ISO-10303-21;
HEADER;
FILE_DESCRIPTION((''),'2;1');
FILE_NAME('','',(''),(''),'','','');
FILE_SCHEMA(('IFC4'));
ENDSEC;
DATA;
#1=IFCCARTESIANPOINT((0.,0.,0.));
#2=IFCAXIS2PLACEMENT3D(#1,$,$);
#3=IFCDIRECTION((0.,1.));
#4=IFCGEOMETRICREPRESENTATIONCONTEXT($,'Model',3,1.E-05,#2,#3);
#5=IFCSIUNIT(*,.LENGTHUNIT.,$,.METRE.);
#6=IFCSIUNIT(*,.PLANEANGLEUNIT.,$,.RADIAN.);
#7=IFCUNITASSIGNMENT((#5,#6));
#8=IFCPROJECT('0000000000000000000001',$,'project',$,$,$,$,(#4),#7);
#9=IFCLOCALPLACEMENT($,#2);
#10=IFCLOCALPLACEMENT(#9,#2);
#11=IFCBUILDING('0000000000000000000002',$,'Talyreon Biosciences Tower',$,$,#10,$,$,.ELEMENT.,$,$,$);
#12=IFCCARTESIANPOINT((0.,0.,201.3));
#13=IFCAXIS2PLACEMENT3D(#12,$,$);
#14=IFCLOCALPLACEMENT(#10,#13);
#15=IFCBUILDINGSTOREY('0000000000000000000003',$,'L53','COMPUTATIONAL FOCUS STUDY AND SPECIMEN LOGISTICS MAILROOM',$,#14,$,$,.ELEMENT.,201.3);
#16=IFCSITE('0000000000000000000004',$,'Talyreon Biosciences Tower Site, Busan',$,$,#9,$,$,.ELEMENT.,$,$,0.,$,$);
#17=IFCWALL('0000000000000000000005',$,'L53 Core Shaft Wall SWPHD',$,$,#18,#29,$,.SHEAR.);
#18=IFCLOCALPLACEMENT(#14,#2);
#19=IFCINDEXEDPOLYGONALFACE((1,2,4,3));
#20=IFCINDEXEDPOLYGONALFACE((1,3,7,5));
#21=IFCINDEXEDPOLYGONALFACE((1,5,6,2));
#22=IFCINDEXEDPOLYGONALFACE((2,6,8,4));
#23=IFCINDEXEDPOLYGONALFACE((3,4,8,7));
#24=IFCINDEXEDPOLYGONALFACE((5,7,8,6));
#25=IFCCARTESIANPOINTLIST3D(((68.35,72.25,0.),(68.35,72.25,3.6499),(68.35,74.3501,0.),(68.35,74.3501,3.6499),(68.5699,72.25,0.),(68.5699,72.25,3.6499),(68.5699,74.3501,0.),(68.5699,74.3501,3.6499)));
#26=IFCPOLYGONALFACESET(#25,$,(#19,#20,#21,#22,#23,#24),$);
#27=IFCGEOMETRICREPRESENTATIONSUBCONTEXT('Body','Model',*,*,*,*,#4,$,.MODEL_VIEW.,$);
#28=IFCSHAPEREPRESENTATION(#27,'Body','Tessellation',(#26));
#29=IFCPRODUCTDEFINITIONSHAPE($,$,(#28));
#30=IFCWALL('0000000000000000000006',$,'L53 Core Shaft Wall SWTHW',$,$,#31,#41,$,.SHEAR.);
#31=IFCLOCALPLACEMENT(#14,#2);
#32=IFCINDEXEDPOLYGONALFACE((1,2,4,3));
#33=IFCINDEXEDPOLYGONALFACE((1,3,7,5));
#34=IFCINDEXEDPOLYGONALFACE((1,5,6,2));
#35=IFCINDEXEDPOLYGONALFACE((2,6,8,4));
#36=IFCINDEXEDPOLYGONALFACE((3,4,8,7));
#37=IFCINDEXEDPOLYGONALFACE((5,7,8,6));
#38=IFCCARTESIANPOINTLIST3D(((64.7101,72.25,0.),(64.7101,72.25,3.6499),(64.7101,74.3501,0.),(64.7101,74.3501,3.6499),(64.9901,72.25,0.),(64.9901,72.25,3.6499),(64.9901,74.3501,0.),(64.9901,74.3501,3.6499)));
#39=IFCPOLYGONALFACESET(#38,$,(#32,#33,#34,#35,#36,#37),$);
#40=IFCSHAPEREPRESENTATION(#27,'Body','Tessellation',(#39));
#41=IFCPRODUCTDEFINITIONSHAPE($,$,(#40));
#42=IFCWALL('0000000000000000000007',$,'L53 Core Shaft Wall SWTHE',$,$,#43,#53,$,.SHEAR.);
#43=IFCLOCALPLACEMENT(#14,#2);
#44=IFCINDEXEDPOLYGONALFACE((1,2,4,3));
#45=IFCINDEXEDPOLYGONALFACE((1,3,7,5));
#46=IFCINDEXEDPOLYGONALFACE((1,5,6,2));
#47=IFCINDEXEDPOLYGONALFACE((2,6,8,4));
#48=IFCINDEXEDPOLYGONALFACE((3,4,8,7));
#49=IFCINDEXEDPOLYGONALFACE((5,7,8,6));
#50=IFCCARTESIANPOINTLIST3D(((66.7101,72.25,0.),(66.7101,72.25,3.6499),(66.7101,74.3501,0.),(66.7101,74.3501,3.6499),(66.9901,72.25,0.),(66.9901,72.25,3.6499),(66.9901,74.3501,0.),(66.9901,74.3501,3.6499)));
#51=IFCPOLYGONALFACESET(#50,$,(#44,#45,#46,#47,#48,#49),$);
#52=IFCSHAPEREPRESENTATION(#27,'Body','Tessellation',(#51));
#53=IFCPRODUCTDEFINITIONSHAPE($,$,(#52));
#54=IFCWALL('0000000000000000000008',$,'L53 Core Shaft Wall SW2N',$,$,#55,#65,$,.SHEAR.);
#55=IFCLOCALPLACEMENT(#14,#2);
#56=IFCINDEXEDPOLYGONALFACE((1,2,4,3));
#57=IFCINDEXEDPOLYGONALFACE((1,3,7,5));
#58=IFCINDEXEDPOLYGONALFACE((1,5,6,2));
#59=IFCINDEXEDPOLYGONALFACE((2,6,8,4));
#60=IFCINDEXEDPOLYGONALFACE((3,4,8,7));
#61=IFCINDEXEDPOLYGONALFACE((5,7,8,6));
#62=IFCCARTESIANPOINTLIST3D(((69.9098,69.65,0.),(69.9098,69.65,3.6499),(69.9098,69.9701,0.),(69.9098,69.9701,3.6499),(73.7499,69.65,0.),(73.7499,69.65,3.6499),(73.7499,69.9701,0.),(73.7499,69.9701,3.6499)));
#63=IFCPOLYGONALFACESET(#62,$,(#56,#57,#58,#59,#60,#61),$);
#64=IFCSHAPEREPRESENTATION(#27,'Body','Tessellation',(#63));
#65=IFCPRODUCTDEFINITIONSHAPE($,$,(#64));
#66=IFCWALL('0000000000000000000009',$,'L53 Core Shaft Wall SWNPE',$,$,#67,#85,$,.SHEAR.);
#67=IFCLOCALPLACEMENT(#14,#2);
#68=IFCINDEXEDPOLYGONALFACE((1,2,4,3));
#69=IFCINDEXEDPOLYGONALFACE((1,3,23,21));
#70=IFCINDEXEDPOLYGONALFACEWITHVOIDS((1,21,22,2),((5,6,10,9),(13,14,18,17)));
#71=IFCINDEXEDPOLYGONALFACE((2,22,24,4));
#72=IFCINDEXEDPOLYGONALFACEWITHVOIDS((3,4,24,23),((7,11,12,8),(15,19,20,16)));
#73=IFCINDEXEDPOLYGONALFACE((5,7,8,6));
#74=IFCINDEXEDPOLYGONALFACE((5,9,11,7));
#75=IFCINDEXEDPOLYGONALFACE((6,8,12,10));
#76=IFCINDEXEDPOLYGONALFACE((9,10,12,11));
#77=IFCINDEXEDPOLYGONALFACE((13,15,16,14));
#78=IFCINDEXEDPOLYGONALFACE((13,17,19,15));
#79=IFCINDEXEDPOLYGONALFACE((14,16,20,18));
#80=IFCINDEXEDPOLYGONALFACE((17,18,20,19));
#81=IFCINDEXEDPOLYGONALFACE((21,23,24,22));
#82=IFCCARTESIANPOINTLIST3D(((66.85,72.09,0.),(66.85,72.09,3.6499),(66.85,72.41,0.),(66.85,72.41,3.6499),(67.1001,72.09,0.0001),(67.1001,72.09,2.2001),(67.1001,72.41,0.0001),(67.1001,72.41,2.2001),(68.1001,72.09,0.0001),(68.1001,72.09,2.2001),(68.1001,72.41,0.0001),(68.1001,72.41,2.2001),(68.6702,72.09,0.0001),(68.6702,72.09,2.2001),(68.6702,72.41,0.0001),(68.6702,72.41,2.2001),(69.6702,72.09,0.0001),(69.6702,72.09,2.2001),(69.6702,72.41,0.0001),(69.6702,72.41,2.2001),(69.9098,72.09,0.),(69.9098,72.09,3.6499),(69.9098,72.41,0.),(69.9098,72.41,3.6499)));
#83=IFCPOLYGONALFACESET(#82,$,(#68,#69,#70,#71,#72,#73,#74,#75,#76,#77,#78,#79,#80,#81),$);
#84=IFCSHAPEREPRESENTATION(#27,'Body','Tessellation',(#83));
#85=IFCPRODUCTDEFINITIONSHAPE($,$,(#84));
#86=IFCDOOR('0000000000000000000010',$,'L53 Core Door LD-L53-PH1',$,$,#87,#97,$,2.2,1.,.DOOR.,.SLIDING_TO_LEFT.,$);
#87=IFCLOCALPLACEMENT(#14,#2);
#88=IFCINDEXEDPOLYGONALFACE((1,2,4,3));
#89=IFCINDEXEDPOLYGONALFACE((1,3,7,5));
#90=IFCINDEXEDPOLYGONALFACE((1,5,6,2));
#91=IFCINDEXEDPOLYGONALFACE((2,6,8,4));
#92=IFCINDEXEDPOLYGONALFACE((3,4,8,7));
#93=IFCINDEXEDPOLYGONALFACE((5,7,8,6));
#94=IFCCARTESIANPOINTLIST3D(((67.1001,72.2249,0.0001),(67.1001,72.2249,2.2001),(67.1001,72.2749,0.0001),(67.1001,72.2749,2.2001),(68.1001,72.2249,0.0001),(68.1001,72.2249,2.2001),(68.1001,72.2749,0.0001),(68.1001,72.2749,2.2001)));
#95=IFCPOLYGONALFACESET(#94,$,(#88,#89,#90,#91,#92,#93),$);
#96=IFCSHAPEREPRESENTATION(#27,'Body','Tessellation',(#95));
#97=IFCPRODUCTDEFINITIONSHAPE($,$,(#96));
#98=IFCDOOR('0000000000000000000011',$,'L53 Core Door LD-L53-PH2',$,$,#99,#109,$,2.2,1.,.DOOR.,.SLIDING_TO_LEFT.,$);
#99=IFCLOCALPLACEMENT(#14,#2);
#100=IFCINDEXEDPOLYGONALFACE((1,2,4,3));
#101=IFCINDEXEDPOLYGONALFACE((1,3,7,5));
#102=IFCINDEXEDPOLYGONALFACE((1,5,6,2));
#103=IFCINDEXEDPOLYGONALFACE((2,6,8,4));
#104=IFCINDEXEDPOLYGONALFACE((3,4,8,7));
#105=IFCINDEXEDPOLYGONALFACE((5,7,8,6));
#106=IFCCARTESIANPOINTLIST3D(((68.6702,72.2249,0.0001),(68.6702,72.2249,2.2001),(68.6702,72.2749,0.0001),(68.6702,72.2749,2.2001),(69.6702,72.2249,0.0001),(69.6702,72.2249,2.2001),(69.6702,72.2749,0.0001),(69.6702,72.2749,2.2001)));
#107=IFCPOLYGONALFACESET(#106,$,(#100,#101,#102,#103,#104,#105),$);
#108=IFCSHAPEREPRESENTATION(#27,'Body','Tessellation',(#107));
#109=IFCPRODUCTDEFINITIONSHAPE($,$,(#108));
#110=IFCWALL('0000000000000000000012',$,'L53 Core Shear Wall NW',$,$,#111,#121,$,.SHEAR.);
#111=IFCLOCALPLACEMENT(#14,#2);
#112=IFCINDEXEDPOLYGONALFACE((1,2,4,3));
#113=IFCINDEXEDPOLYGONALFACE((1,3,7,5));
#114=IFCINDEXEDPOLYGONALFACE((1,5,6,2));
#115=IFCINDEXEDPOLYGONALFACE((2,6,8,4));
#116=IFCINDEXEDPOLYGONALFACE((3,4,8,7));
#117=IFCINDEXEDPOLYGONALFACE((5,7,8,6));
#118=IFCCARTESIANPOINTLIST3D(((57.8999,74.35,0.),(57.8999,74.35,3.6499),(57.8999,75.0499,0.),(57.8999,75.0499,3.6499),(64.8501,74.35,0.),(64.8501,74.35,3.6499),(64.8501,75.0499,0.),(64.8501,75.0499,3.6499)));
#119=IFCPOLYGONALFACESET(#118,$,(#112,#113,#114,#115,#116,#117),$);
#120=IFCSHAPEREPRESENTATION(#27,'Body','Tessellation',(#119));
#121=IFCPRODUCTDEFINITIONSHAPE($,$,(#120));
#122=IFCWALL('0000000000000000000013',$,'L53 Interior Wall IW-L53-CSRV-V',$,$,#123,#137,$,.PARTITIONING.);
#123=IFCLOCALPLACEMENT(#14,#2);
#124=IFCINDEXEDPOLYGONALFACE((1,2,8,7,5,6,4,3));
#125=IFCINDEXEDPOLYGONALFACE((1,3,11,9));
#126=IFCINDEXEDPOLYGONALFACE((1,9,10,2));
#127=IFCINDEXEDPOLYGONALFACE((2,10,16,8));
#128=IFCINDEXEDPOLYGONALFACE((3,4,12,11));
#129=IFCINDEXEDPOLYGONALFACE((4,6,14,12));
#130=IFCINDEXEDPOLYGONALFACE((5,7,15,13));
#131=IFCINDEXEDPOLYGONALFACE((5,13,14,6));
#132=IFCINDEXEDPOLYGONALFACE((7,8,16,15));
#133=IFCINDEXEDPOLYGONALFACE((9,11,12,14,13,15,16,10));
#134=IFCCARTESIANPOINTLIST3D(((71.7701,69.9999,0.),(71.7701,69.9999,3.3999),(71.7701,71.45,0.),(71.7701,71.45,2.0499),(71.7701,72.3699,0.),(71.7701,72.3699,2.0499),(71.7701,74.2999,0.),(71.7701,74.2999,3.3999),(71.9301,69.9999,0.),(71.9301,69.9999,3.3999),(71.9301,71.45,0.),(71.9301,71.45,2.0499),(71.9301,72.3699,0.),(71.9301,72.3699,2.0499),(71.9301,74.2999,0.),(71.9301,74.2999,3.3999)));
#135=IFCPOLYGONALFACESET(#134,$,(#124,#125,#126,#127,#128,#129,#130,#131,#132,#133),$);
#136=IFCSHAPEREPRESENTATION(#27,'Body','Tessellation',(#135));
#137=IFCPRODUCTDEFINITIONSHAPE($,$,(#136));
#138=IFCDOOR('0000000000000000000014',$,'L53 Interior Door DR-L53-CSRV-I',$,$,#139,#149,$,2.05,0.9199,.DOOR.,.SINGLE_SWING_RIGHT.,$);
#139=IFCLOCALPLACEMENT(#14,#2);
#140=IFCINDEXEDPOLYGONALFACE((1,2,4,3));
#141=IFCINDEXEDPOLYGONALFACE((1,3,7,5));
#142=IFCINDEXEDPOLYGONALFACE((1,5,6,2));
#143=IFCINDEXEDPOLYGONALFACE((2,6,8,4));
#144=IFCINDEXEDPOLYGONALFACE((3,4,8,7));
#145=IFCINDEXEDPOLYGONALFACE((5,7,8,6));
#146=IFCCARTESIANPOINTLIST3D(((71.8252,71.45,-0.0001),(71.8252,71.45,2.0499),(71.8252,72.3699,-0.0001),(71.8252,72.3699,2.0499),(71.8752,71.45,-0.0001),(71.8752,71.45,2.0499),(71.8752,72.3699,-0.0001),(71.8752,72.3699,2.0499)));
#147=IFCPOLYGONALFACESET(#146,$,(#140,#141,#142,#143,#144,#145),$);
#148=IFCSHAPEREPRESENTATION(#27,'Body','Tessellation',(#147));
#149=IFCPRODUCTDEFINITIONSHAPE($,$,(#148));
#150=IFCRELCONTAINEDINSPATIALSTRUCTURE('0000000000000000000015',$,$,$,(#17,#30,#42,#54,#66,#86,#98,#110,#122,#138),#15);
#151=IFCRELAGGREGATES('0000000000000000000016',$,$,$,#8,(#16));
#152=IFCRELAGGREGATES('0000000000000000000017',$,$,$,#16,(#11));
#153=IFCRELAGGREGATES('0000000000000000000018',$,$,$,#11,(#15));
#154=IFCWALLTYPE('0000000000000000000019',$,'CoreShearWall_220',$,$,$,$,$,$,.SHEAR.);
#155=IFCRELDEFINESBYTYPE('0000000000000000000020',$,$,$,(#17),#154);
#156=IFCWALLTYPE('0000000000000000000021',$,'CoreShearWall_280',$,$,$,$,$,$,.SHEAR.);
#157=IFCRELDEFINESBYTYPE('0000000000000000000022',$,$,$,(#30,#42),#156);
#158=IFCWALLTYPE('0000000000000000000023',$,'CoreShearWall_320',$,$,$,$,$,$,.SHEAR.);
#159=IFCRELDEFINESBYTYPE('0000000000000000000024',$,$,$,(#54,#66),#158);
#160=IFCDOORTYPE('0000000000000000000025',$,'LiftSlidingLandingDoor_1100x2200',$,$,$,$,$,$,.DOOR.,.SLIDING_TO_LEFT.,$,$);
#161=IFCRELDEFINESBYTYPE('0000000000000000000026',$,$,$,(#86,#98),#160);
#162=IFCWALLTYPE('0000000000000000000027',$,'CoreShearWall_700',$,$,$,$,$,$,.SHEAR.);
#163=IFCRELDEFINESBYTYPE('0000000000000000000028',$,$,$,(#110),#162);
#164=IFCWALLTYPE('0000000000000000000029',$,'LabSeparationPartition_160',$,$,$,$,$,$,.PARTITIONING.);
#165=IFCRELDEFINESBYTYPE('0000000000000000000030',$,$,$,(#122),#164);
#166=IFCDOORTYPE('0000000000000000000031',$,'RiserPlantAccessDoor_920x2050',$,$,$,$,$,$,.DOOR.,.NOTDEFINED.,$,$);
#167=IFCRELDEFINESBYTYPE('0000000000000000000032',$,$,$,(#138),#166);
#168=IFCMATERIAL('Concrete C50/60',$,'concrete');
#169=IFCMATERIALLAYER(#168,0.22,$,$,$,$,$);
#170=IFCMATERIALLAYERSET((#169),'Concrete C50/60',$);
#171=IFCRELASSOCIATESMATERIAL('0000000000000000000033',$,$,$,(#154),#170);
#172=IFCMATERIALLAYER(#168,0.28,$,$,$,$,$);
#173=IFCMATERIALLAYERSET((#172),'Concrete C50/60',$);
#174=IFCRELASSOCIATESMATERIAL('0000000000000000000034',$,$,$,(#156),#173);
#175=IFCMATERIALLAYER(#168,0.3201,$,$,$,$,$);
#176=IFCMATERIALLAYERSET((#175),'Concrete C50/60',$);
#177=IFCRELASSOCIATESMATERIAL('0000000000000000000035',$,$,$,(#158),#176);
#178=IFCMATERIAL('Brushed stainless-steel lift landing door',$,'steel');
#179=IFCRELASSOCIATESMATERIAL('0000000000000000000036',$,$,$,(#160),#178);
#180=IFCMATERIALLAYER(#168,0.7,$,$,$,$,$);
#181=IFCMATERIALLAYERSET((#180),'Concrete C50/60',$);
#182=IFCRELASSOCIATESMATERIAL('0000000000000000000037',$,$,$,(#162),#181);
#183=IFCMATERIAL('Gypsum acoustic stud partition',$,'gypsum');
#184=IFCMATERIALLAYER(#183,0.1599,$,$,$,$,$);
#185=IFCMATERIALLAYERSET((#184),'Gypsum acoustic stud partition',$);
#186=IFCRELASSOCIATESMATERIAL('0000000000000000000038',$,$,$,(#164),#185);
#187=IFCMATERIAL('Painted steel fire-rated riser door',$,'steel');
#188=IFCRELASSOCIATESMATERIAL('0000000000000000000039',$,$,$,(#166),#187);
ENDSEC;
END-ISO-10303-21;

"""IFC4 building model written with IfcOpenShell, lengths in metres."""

from ifc_helpers import new_model, si_unit, direction, frame, frame_2d, origin, place, context, subcontext, project, spatial, rectangle, extrude, material, layer, layer_set, type_object, element, fill, save


model = new_model("IFC4")

# Units and contexts
model_context = context("Model", 3, precision=1e-05, world=origin(), true_north=direction((0.0, 1.0)))
body_context = subcontext(model_context, "Body", "Model", "MODEL_VIEW")
ifc_project = project(units=[si_unit("LENGTHUNIT", "METRE"), si_unit("PLANEANGLEUNIT", "RADIAN")], contexts=[model_context])

# Site, building, storey
site_placement = place(None, origin())
site = spatial("IfcSite", under=ifc_project, at=site_placement, Name="Talyreon Biosciences Tower Site, Busan", CompositionType="ELEMENT", RefElevation=0.0)
building_placement = place(site_placement, origin())
building = spatial("IfcBuilding", under=site, at=building_placement, Name="Talyreon Biosciences Tower", CompositionType="ELEMENT")
storey_placement = place(building_placement, frame((0.0, 0.0, 201.3)))
storey = spatial("IfcBuildingStorey", under=building, at=storey_placement, Name="L53", Description="COMPUTATIONAL FOCUS STUDY AND SPECIMEN LOGISTICS MAILROOM", CompositionType="ELEMENT", Elevation=201.3)

# Shared definitions
ifc_material_1 = material(Name="Concrete C50/60", Category="concrete")

# Walls
ifc_layer_1 = layer(ifc_material_1, 0.22)
ifc_layer_set_1 = layer_set([ifc_layer_1], Name="Concrete C50/60")
wall_type_1 = type_object("IfcWallType", Name="CoreShearWall_220", PredefinedType="SHEAR", material=ifc_layer_set_1)
wall_1_placement = place(storey_placement, frame((68.46, 72.25, 0.0), z_axis=(0.0, 0.0, 1.0), x_axis=(0.0, 1.0, 0.0)))
element("IfcWall", 1, at=wall_1_placement, inside=storey, type_object=wall_type_1, Name="L53 Core Shaft Wall SWPHD", PredefinedType="SHEAR", context=body_context, shape_type="SweptSolid", body=[
    extrude(rectangle(XDim=2.1001, YDim=0.22, at=frame_2d((1.05, 0.0))), origin(), (0.0, 0.0, 1.0), 3.6499),
])
ifc_layer_2 = layer(ifc_material_1, 0.28)
ifc_layer_set_2 = layer_set([ifc_layer_2], Name="Concrete C50/60")
wall_type_2 = type_object("IfcWallType", Name="CoreShearWall_280", PredefinedType="SHEAR", material=ifc_layer_set_2)
for number, where, z_axis, x_axis, name in (
    (2, (64.8501, 72.25, 0.0), (0.0, 0.0, 1.0), (0.0, 1.0, 0.0), "L53 Core Shaft Wall SWTHW"),
    (3, (66.8501, 72.25, 0.0), (0.0, 0.0, 1.0), (0.0, 1.0, 0.0), "L53 Core Shaft Wall SWTHE"),
):
    element("IfcWall", number, at=place(storey_placement, frame(where, z_axis=z_axis, x_axis=x_axis)), inside=storey, type_object=wall_type_2, Name=name, PredefinedType="SHEAR", context=body_context, shape_type="SweptSolid", body=[
        extrude(rectangle(XDim=2.1001, YDim=0.28, at=frame_2d((1.05, 0.0))), origin(), (0.0, 0.0, 1.0), 3.6499),
    ])
ifc_layer_3 = layer(ifc_material_1, 0.3201)
ifc_layer_set_3 = layer_set([ifc_layer_3], Name="Concrete C50/60")
wall_type_3 = type_object("IfcWallType", Name="CoreShearWall_320", PredefinedType="SHEAR", material=ifc_layer_set_3)
wall_2_placement = place(storey_placement, frame((69.9099, 69.8101, 0.0), z_axis=(0.0, 0.0, 1.0), x_axis=(1.0, 0.0, 0.0)))
element("IfcWall", 4, at=wall_2_placement, inside=storey, type_object=wall_type_3, Name="L53 Core Shaft Wall SW2N", PredefinedType="SHEAR", context=body_context, shape_type="SweptSolid", body=[
    extrude(rectangle(XDim=3.8401, YDim=0.3201, at=frame_2d((1.9199, 0.0))), origin(), (0.0, 0.0, 1.0), 3.6499),
])

# Wall, openings, doors
wall_3_placement = place(storey_placement, frame((66.8501, 72.25, 0.0), z_axis=(0.0, 0.0, 1.0), x_axis=(1.0, 0.0, 0.0)))
wall_3 = element("IfcWall", 5, at=wall_3_placement, inside=storey, type_object=wall_type_3, Name="L53 Core Shaft Wall SWNPE", PredefinedType="SHEAR", context=body_context, shape_type="SweptSolid", body=[
    extrude(rectangle(XDim=3.0598, YDim=0.3201, at=frame_2d((1.5298, 0.0))), origin(), (0.0, 0.0, 1.0), 3.6499),
])
opening_1_placement = place(wall_3_placement, frame((0.25, 0.0, 0.0)))
opening_1 = element("IfcOpeningElement", 6, at=opening_1_placement, cuts=wall_3, PredefinedType="OPENING", context=body_context, shape_type="SweptSolid", body=[
    extrude(rectangle(XDim=1.0, YDim=2.2, at=frame_2d((0.5, 1.1001))), frame((0.0, 0.1699, 0.0), z_axis=(0.0, -1.0, 0.0), x_axis=(1.0, 0.0, 0.0)), (0.0, 0.0, 1.0), 0.3401),
])
opening_2_placement = place(wall_3_placement, frame((1.8201, 0.0, 0.0)))
opening_2 = element("IfcOpeningElement", 7, at=opening_2_placement, cuts=wall_3, PredefinedType="OPENING", context=body_context, shape_type="SweptSolid", body=[
    extrude(rectangle(XDim=1.0, YDim=2.2, at=frame_2d((0.5, 1.1001))), frame((0.0, 0.1699, 0.0), z_axis=(0.0, -1.0, 0.0), x_axis=(1.0, 0.0, 0.0)), (0.0, 0.0, 1.0), 0.3401),
])
ifc_material_2 = material(Name="Brushed stainless-steel lift landing door", Category="steel")
door_type_1 = type_object("IfcDoorType", Name="LiftSlidingLandingDoor_1100x2200", OperationType="SLIDING_TO_LEFT", PredefinedType="DOOR", material=ifc_material_2)
door_1_placement = place(opening_1_placement, origin())
door_1 = element("IfcDoor", 8, at=door_1_placement, inside=storey, type_object=door_type_1, Name="L53 Core Door LD-L53-PH1", OperationType="SLIDING_TO_LEFT", OverallHeight=2.2, OverallWidth=1.0, PredefinedType="DOOR", context=body_context, shape_type="SweptSolid", body=[
    extrude(rectangle(XDim=1.0, YDim=2.2, at=frame_2d((0.5, 1.1001))), frame((0.0, 0.0249, 0.0), z_axis=(0.0, -1.0, 0.0), x_axis=(1.0, 0.0, 0.0)), (0.0, 0.0, 1.0), 0.05),
])
fill(opening_1, door_1)
door_2_placement = place(opening_2_placement, origin())
door_2 = element("IfcDoor", 9, at=door_2_placement, inside=storey, type_object=door_type_1, Name="L53 Core Door LD-L53-PH2", OperationType="SLIDING_TO_LEFT", OverallHeight=2.2, OverallWidth=1.0, PredefinedType="DOOR", context=body_context, shape_type="SweptSolid", body=[
    extrude(rectangle(XDim=1.0, YDim=2.2, at=frame_2d((0.5, 1.1001))), frame((0.0, 0.0249, 0.0), z_axis=(0.0, -1.0, 0.0), x_axis=(1.0, 0.0, 0.0)), (0.0, 0.0, 1.0), 0.05),
])
fill(opening_2, door_2)

# Wall
ifc_layer_4 = layer(ifc_material_1, 0.7)
ifc_layer_set_4 = layer_set([ifc_layer_4], Name="Concrete C50/60")
wall_type_4 = type_object("IfcWallType", Name="CoreShearWall_700", PredefinedType="SHEAR", material=ifc_layer_set_4)
wall_4_placement = place(storey_placement, frame((64.8501, 74.7, 0.0), z_axis=(0.0, 0.0, 1.0), x_axis=(-1.0, 0.0, 0.0)))
element("IfcWall", 10, at=wall_4_placement, inside=storey, type_object=wall_type_4, Name="L53 Core Shear Wall NW", PredefinedType="SHEAR", context=body_context, shape_type="SweptSolid", body=[
    extrude(rectangle(XDim=6.9502, YDim=0.7, at=frame_2d((3.4751, 0.0))), origin(), (0.0, 0.0, 1.0), 3.6499),
])

# Wall, opening, door
ifc_material_3 = material(Name="Gypsum acoustic stud partition", Category="gypsum")
ifc_layer_5 = layer(ifc_material_3, 0.1599)
ifc_layer_set_5 = layer_set([ifc_layer_5], Name="Gypsum acoustic stud partition")
wall_type_5 = type_object("IfcWallType", Name="LabSeparationPartition_160", PredefinedType="PARTITIONING", material=ifc_layer_set_5)
wall_5_placement = place(storey_placement, frame((71.8501, 70.0, 0.0), z_axis=(0.0, 0.0, 1.0), x_axis=(0.0, 1.0, 0.0)))
wall_5 = element("IfcWall", 11, at=wall_5_placement, inside=storey, type_object=wall_type_5, Name="L53 Interior Wall IW-L53-CSRV-V", PredefinedType="PARTITIONING", context=body_context, shape_type="SweptSolid", body=[
    extrude(rectangle(XDim=4.3, YDim=0.1599, at=frame_2d((2.1499, 0.0))), origin(), (0.0, 0.0, 1.0), 3.3999),
])
opening_3_placement = place(wall_5_placement, frame((1.45, 0.0, 0.0)))
opening_3 = element("IfcOpeningElement", 12, at=opening_3_placement, cuts=wall_5, PredefinedType="OPENING", context=body_context, shape_type="SweptSolid", body=[
    extrude(rectangle(XDim=0.9199, YDim=2.05, at=frame_2d((0.46, 1.0249))), frame((0.0, 0.0898, 0.0), z_axis=(0.0, -1.0, 0.0), x_axis=(1.0, 0.0, 0.0)), (0.0, 0.0, 1.0), 0.1799),
])
ifc_material_4 = material(Name="Painted steel fire-rated riser door", Category="steel")
door_type_2 = type_object("IfcDoorType", Name="RiserPlantAccessDoor_920x2050", OperationType="NOTDEFINED", PredefinedType="DOOR", material=ifc_material_4)
door_3_placement = place(opening_3_placement, origin())
door_3 = element("IfcDoor", 13, at=door_3_placement, inside=storey, type_object=door_type_2, Name="L53 Interior Door DR-L53-CSRV-I", OperationType="SINGLE_SWING_RIGHT", OverallHeight=2.05, OverallWidth=0.9199, PredefinedType="DOOR", context=body_context, shape_type="SweptSolid", body=[
    extrude(rectangle(XDim=0.9199, YDim=2.05, at=frame_2d((0.46, 1.0249))), frame((0.0, 0.0249, 0.0), z_axis=(0.0, -1.0, 0.0), x_axis=(1.0, 0.0, 0.0)), (0.0, 0.0, 1.0), 0.05),
])
fill(opening_3, door_3)

save(model, "model.ifc")
